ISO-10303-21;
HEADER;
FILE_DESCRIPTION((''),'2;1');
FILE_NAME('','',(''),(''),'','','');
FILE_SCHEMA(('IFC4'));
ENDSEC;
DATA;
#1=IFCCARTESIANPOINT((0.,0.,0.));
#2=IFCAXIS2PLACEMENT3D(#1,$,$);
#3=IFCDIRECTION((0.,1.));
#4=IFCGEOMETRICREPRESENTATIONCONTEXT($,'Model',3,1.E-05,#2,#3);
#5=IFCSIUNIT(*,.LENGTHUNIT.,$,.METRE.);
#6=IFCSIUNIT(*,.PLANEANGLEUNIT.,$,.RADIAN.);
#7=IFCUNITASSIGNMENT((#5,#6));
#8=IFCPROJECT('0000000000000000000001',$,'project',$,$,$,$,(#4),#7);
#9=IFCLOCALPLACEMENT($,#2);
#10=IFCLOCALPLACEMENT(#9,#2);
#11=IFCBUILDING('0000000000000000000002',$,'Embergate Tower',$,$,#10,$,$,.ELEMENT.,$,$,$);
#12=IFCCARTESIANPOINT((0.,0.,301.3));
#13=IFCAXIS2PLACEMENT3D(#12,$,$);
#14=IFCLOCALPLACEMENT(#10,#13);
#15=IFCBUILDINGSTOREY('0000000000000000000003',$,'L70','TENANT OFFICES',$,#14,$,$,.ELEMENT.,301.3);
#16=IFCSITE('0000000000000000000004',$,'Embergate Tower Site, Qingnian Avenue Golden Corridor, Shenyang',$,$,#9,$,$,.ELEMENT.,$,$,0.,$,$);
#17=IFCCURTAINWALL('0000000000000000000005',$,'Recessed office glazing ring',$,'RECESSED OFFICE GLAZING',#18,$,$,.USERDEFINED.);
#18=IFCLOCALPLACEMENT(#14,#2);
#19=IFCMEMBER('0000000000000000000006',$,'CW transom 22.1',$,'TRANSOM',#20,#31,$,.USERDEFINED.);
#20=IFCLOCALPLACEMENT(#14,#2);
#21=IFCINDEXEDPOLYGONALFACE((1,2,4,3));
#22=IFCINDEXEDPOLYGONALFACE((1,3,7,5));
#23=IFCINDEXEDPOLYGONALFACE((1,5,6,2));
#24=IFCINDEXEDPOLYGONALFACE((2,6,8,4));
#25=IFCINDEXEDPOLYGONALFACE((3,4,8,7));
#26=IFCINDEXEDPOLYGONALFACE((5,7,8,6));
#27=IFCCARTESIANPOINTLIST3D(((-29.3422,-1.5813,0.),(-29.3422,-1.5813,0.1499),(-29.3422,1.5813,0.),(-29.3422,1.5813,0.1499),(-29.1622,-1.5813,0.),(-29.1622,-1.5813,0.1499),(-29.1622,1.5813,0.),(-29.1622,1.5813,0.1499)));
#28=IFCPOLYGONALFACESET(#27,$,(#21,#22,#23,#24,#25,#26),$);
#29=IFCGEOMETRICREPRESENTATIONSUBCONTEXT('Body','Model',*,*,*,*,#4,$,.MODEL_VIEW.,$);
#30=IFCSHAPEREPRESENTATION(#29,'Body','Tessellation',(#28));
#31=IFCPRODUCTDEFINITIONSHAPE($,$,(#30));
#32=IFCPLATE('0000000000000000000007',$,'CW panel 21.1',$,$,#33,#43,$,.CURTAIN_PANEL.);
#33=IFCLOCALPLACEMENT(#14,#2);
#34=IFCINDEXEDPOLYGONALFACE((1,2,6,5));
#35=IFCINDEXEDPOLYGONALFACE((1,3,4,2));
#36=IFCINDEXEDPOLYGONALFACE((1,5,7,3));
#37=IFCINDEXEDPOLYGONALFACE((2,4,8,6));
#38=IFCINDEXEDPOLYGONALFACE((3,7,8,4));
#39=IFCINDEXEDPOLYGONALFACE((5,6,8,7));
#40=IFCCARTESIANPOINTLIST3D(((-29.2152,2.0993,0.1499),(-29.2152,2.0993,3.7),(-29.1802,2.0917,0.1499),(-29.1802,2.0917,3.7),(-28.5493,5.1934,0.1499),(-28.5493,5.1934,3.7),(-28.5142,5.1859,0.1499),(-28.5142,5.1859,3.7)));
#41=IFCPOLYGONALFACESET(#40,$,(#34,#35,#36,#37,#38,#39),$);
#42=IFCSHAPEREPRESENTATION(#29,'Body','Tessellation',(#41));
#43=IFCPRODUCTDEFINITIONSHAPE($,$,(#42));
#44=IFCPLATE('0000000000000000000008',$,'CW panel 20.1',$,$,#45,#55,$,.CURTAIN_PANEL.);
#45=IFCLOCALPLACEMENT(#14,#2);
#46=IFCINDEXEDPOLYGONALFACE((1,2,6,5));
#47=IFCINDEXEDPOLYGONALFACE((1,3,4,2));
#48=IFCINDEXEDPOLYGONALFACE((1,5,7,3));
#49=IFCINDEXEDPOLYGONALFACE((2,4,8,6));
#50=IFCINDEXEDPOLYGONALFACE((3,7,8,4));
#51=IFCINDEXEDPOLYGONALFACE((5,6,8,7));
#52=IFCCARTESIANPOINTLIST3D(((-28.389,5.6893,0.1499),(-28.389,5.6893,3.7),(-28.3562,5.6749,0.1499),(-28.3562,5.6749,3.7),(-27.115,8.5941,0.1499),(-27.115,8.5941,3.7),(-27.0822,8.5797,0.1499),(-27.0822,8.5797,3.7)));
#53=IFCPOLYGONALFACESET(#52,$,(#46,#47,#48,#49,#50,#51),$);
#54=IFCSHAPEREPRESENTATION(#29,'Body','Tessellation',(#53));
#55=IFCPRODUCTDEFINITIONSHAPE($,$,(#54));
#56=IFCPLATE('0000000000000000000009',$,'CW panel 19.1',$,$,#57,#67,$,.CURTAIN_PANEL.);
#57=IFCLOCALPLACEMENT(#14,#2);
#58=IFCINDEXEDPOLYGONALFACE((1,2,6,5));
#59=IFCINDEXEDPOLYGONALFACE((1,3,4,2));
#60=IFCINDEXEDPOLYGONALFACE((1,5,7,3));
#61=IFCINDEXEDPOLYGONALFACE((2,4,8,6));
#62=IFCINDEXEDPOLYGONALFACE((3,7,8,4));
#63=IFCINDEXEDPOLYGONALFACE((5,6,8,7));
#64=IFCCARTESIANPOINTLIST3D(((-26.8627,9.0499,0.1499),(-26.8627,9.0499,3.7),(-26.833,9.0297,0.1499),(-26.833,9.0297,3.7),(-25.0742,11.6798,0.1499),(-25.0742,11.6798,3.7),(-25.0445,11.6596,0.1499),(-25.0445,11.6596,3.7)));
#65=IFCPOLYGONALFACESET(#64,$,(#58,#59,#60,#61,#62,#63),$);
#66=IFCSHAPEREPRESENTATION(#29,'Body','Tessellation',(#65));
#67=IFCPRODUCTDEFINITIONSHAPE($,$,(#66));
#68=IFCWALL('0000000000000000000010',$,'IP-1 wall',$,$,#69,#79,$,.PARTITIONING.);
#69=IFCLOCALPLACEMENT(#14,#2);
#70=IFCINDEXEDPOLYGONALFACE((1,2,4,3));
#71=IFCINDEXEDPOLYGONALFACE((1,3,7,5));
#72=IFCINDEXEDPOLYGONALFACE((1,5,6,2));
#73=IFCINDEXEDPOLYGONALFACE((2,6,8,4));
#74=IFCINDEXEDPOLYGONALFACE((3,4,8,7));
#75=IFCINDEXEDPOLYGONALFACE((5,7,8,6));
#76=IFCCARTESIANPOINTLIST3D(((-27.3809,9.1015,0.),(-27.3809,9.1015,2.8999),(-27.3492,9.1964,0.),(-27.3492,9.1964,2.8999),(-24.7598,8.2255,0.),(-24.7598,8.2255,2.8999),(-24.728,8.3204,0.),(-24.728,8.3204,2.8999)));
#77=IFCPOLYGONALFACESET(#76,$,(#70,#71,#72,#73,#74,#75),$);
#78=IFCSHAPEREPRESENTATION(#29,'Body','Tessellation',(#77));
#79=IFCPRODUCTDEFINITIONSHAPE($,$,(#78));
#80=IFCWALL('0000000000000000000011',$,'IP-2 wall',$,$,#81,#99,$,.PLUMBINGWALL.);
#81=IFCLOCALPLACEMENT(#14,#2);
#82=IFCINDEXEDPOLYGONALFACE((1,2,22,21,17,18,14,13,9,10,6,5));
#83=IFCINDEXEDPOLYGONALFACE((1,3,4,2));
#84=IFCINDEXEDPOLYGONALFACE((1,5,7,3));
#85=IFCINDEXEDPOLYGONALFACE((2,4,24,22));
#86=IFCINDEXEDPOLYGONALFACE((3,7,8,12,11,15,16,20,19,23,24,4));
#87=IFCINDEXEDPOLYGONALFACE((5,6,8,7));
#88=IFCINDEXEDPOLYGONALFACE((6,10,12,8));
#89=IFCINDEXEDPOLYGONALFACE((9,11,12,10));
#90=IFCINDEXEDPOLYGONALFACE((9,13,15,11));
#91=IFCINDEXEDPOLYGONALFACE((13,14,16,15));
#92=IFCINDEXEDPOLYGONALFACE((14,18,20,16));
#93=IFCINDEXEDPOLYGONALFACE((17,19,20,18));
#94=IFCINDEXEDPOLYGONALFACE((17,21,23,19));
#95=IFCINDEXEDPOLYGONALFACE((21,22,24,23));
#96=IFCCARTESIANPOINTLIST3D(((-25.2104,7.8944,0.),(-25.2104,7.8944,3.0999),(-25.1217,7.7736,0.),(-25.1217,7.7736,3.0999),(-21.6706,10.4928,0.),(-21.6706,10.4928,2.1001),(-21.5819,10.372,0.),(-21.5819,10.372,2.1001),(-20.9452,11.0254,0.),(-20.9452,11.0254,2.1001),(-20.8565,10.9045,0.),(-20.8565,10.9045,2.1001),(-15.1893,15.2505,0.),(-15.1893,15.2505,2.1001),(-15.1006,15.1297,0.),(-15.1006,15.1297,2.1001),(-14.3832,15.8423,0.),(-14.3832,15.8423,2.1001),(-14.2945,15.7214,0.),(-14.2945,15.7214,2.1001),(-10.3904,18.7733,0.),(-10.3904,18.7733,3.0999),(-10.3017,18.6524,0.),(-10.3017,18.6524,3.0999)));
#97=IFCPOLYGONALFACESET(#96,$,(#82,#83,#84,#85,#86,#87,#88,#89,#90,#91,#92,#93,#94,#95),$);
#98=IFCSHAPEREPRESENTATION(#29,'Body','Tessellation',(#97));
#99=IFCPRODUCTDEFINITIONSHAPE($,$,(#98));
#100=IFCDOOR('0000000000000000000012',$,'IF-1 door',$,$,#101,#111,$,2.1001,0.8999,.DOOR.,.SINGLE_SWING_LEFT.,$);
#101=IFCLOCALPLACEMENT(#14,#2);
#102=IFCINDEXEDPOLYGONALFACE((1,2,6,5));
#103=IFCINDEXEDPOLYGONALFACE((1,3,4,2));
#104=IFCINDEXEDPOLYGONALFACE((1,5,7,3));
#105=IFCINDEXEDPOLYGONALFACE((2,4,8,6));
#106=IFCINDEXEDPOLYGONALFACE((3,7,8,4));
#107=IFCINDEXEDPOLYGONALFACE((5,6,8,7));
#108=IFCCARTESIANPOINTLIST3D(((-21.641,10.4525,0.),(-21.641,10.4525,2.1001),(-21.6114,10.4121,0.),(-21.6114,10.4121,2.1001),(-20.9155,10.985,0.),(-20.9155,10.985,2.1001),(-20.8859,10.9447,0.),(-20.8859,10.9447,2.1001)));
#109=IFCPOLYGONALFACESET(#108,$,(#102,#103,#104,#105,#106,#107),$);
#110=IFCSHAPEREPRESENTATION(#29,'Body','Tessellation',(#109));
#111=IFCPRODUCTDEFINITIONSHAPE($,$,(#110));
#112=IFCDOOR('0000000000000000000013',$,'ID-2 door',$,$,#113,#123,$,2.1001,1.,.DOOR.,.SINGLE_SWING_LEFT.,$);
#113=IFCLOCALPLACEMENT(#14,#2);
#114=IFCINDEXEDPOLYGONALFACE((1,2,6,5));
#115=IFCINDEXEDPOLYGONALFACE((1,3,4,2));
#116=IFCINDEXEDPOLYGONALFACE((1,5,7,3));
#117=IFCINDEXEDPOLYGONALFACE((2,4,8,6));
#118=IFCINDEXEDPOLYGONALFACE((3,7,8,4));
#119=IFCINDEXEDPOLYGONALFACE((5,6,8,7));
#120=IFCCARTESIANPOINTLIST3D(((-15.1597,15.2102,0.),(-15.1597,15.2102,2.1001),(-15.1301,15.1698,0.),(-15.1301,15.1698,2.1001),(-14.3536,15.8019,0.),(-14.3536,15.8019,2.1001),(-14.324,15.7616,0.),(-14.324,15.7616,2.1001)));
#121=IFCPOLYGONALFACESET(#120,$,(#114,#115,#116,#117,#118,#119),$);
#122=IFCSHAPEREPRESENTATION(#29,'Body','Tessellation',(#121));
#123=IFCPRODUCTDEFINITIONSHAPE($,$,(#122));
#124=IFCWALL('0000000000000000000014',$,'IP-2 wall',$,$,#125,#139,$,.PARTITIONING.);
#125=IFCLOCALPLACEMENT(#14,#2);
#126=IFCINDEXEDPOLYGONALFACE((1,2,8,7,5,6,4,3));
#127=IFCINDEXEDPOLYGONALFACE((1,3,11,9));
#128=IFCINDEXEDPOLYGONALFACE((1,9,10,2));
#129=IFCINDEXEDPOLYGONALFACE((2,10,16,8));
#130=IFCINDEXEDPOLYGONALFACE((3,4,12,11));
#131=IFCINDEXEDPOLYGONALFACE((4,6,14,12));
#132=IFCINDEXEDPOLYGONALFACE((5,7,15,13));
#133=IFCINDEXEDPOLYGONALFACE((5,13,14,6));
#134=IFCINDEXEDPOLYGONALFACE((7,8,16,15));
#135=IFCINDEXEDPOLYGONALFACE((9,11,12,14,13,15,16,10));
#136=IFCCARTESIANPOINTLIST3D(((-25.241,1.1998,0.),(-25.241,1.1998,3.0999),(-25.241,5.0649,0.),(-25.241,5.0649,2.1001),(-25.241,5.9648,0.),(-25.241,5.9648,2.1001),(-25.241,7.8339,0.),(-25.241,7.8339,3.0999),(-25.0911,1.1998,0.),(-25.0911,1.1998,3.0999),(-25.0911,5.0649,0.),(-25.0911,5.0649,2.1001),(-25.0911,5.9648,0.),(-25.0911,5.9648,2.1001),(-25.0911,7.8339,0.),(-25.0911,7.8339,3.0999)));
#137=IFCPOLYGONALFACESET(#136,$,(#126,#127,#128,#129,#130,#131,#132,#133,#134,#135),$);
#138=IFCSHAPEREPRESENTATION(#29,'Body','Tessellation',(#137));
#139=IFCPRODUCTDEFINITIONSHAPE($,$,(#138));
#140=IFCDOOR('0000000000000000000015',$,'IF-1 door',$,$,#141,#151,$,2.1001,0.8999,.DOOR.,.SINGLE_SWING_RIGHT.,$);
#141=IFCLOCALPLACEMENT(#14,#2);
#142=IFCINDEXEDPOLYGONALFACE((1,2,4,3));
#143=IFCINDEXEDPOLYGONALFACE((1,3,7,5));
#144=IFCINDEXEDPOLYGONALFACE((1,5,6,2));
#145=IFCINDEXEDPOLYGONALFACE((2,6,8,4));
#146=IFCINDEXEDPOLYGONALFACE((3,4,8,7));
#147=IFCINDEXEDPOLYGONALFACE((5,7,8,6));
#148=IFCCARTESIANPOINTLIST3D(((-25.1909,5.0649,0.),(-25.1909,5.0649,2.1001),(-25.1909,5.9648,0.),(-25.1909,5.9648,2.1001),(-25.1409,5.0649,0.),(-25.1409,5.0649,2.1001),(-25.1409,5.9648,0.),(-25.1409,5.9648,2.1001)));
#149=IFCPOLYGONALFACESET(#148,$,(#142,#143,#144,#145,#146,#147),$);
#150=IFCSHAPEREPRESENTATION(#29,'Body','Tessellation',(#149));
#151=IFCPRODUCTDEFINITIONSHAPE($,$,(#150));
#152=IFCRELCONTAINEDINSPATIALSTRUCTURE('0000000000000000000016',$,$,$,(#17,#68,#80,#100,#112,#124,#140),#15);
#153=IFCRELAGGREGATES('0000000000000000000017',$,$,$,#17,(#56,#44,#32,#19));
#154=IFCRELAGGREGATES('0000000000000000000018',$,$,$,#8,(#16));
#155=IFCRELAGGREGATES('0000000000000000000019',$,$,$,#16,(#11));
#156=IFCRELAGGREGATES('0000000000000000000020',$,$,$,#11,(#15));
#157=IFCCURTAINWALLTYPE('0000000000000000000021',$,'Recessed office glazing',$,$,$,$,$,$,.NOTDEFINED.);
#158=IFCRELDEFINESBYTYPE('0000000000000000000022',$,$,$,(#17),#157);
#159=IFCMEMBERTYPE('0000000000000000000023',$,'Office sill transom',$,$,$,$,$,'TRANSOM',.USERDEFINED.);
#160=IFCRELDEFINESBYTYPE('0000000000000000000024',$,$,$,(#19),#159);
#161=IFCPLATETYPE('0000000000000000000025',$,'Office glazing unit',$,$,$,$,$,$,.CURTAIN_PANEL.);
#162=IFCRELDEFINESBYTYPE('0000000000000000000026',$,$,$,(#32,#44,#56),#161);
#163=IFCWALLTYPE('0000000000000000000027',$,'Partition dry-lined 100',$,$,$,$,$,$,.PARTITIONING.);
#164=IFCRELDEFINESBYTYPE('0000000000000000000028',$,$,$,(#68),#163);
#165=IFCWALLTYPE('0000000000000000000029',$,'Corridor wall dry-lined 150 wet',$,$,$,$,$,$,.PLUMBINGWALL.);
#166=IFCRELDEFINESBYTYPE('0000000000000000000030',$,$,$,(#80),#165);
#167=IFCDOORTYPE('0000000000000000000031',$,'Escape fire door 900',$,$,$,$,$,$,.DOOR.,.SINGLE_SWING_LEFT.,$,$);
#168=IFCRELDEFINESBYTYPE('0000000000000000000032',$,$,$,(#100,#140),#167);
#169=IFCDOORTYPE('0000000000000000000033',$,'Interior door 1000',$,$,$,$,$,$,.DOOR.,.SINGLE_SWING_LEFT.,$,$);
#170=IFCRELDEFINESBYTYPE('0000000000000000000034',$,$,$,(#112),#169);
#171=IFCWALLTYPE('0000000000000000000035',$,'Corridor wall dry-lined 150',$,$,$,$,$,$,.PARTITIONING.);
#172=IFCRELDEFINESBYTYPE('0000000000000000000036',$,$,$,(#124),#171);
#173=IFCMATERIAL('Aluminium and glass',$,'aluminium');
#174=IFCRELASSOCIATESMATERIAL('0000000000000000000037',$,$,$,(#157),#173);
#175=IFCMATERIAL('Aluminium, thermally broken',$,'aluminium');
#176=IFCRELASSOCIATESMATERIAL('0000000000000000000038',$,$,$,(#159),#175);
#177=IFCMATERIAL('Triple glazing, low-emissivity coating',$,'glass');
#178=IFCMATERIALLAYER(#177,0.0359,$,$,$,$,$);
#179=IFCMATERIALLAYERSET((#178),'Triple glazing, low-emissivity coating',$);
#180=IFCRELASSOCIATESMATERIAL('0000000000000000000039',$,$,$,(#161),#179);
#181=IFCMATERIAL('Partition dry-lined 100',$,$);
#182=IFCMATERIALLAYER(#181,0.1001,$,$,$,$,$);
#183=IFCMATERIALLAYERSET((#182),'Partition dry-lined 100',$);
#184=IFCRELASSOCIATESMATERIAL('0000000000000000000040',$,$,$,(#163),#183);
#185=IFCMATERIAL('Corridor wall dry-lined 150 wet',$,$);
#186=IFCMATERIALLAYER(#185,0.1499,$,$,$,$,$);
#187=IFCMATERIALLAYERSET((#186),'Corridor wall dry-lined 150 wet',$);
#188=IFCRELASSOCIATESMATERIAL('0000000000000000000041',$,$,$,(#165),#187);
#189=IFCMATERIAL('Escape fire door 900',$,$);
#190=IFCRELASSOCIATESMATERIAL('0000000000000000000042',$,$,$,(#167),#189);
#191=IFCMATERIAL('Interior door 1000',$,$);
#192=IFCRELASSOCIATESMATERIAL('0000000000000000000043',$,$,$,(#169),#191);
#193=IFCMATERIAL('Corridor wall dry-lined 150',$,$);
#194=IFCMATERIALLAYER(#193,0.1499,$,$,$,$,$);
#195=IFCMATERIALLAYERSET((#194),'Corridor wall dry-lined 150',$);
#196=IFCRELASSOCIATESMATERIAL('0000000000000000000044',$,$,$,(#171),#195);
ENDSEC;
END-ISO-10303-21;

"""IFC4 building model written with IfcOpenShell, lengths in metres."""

from ifc_helpers import new_model, si_unit, direction, frame, frame_2d, origin, origin_2d, place, context, subcontext, project, spatial, rectangle, extrude, source, transform, mapped, material, layer, layer_set, material_profile, profile_set, type_object, element, fill, aggregate, save


model = new_model("IFC4")

# Units and contexts
model_context = context("Model", 3, precision=1e-05, world=origin(), true_north=direction((0.0, 1.0)))
body_context = subcontext(model_context, "Body", "Model", "MODEL_VIEW")
ifc_project = project(units=[si_unit("LENGTHUNIT", "METRE"), si_unit("PLANEANGLEUNIT", "RADIAN")], contexts=[model_context])

# Site, building, storey
site_placement = place(None, origin())
site = spatial("IfcSite", under=ifc_project, at=site_placement, Name="Embergate Tower Site, Qingnian Avenue Golden Corridor, Shenyang", CompositionType="ELEMENT", RefElevation=0.0)
building_placement = place(site_placement, origin())
building = spatial("IfcBuilding", under=site, at=building_placement, Name="Embergate Tower", CompositionType="ELEMENT")
storey_placement = place(building_placement, frame((0.0, 0.0, 301.3)))
storey = spatial("IfcBuildingStorey", under=building, at=storey_placement, Name="L70", Description="TENANT OFFICES", CompositionType="ELEMENT", Elevation=301.3)

# Curtain wall, member, plates
ifc_material_1 = material(Name="Aluminium and glass", Category="aluminium")
curtain_wall_type = type_object("IfcCurtainWallType", Name="Recessed office glazing", PredefinedType="NOTDEFINED", material=ifc_material_1)
curtain_wall_placement = place(storey_placement, origin())
curtain_wall = element("IfcCurtainWall", 1, at=curtain_wall_placement, inside=storey, type_object=curtain_wall_type, Name="Recessed office glazing ring", ObjectType="RECESSED OFFICE GLAZING", PredefinedType="USERDEFINED")
ifc_material_2 = material(Name="Aluminium, thermally broken", Category="aluminium")
ifc_material_profile_1 = material_profile(ifc_material_2, rectangle(XDim=0.1799, YDim=0.1499, at=origin_2d()), Name="AL 150x180")
ifc_profile_set_1 = profile_set([ifc_material_profile_1], Name="Aluminium, thermally broken")
member_type_1 = type_object("IfcMemberType", Name="Office sill transom", ElementType="TRANSOM", PredefinedType="USERDEFINED", material=ifc_profile_set_1)
shared_shape_1 = source(origin(), body_context, "Body", "SweptSolid", [
    extrude(rectangle(XDim=0.1799, YDim=0.1499, at=origin_2d()), origin(), (0.0, 0.0, 1.0), 3.1626),
])
member_1_placement = place(storey_placement, frame((-29.2522, 1.5813, 0.075), z_axis=(0.0, -1.0, 0.0), x_axis=(1.0, 0.0, 0.0)))
member_1 = element("IfcMember", 2, at=member_1_placement, type_object=member_type_1, Name="CW transom 22.1", ObjectType="TRANSOM", PredefinedType="USERDEFINED", context=body_context, shape_type="MappedRepresentation", body=[
    mapped(shared_shape_1, transform((0.0, 0.0, 0.0))),
])
ifc_material_3 = material(Name="Triple glazing, low-emissivity coating", Category="glass")
ifc_layer_1 = layer(ifc_material_3, 0.0359)
ifc_layer_set_1 = layer_set([ifc_layer_1], Name="Triple glazing, low-emissivity coating")
plate_type = type_object("IfcPlateType", Name="Office glazing unit", PredefinedType="CURTAIN_PANEL", material=ifc_layer_set_1)
shared_shape_2 = source(origin(), body_context, "Body", "SweptSolid", [
    extrude(rectangle(XDim=3.165, YDim=0.0359, at=origin_2d()), origin(), (0.0, 0.0, 1.0), 3.55),
])
plate_1_placement = place(storey_placement, frame((-28.8647, 3.6426, 0.1499), z_axis=(0.0, 0.0, 1.0), x_axis=(-0.210398, -0.977616, 0.0)))
plate_1 = element("IfcPlate", 3, at=plate_1_placement, type_object=plate_type, Name="CW panel 21.1", PredefinedType="CURTAIN_PANEL", context=body_context, shape_type="MappedRepresentation", body=[
    mapped(shared_shape_2, transform((0.0, 0.0, 0.0))),
])
shared_shape_3 = source(origin(), body_context, "Body", "SweptSolid", [
    extrude(rectangle(XDim=3.1719, YDim=0.0359, at=origin_2d()), origin(), (0.0, 0.0, 1.0), 3.55),
])
plate_2_placement = place(storey_placement, frame((-27.7356, 7.1345, 0.1499), z_axis=(0.0, 0.0, 1.0), x_axis=(-0.401652, -0.915792, 0.0)))
plate_2 = element("IfcPlate", 4, at=plate_2_placement, type_object=plate_type, Name="CW panel 20.1", PredefinedType="CURTAIN_PANEL", context=body_context, shape_type="MappedRepresentation", body=[
    mapped(shared_shape_3, transform((0.0, 0.0, 0.0))),
])
shared_shape_4 = source(origin(), body_context, "Body", "SweptSolid", [
    extrude(rectangle(XDim=3.1804, YDim=0.0359, at=origin_2d()), origin(), (0.0, 0.0, 1.0), 3.55),
])
plate_3_placement = place(storey_placement, frame((-25.9536, 10.3547, 0.1499), z_axis=(0.0, 0.0, 1.0), x_axis=(-0.562342, -0.826905, 0.0)))
plate_3 = element("IfcPlate", 5, at=plate_3_placement, type_object=plate_type, Name="CW panel 19.1", PredefinedType="CURTAIN_PANEL", context=body_context, shape_type="MappedRepresentation", body=[
    mapped(shared_shape_4, transform((0.0, 0.0, 0.0))),
])
aggregate(curtain_wall, [plate_3, plate_2, plate_1, member_1])

# Wall
ifc_material_4 = material(Name="Partition dry-lined 100")
ifc_layer_2 = layer(ifc_material_4, 0.1001)
ifc_layer_set_2 = layer_set([ifc_layer_2], Name="Partition dry-lined 100")
wall_type_1 = type_object("IfcWallType", Name="Partition dry-lined 100", PredefinedType="PARTITIONING", material=ifc_layer_set_2)
shared_shape_5 = source(origin(), body_context, "Body", "SweptSolid", [
    extrude(rectangle(XDim=2.7637, YDim=0.1001, at=frame_2d((1.3818, 0.0))), origin(), (0.0, 0.0, 1.0), 2.8999),
])
wall_1_placement = place(storey_placement, frame((-24.7439, 8.2729, 0.0), z_axis=(0.0, 0.0, 1.0), x_axis=(-0.948436, 0.31697, 0.0)))
element("IfcWall", 6, at=wall_1_placement, inside=storey, type_object=wall_type_1, Name="IP-1 wall", PredefinedType="PARTITIONING", context=body_context, shape_type="MappedRepresentation", body=[
    mapped(shared_shape_5, transform((0.0, 0.0, 0.0))),
])

# Wall, openings, doors
ifc_material_5 = material(Name="Corridor wall dry-lined 150 wet")
ifc_layer_3 = layer(ifc_material_5, 0.1499)
ifc_layer_set_3 = layer_set([ifc_layer_3], Name="Corridor wall dry-lined 150 wet")
wall_type_2 = type_object("IfcWallType", Name="Corridor wall dry-lined 150 wet", PredefinedType="PLUMBINGWALL", material=ifc_layer_set_3)
shared_shape_6 = source(origin(), body_context, "Body", "SweptSolid", [
    extrude(rectangle(XDim=18.3843, YDim=0.1499, at=frame_2d((9.1921, 0.0))), origin(), (0.0, 0.0, 1.0), 3.0999),
])
wall_2_placement = place(storey_placement, frame((-25.166, 7.834, 0.0), z_axis=(0.0, 0.0, 1.0), x_axis=(0.806123, 0.591748, 0.0)))
wall_2 = element("IfcWall", 7, at=wall_2_placement, inside=storey, type_object=wall_type_2, Name="IP-2 wall", PredefinedType="PLUMBINGWALL", context=body_context, shape_type="MappedRepresentation", body=[
    mapped(shared_shape_6, transform((0.0, 0.0, 0.0))),
])
shared_shape_7 = source(origin(), body_context, "Body", "SweptSolid", [
    extrude(rectangle(XDim=1.0, YDim=2.1001, at=frame_2d((0.5, 1.05))), frame((0.0, 0.085, 0.0), z_axis=(0.0, -1.0, 0.0), x_axis=(1.0, 0.0, 0.0)), (0.0, 0.0, 1.0), 0.1699),
])
opening_1_placement = place(wall_2_placement, frame((12.4312, 0.0, 0.0)))
opening_1 = element("IfcOpeningElement", 8, at=opening_1_placement, cuts=wall_2, PredefinedType="OPENING", context=body_context, shape_type="MappedRepresentation", body=[
    mapped(shared_shape_7, transform((0.0, 0.0, 0.0))),
])
shared_shape_8 = source(origin(), body_context, "Body", "SweptSolid", [
    extrude(rectangle(XDim=0.8999, YDim=2.1001, at=frame_2d((0.45, 1.05))), frame((0.0, 0.085, 0.0), z_axis=(0.0, -1.0, 0.0), x_axis=(1.0, 0.0, 0.0)), (0.0, 0.0, 1.0), 0.1699),
])
opening_2_placement = place(wall_2_placement, frame((4.3911, 0.0, 0.0)))
opening_2 = element("IfcOpeningElement", 9, at=opening_2_placement, cuts=wall_2, PredefinedType="OPENING", context=body_context, shape_type="MappedRepresentation", body=[
    mapped(shared_shape_8, transform((0.0, 0.0, 0.0))),
])
ifc_material_6 = material(Name="Escape fire door 900")
door_type_1 = type_object("IfcDoorType", Name="Escape fire door 900", OperationType="SINGLE_SWING_LEFT", PredefinedType="DOOR", material=ifc_material_6)
shared_shape_9 = source(origin(), body_context, "Body", "SweptSolid", [
    extrude(rectangle(XDim=0.8999, YDim=2.1001, at=frame_2d((0.45, 1.05))), frame((0.0, 0.0249, 0.0), z_axis=(0.0, -1.0, 0.0), x_axis=(1.0, 0.0, 0.0)), (0.0, 0.0, 1.0), 0.05),
])
door_1_placement = place(opening_2_placement, origin())
door_1 = element("IfcDoor", 10, at=door_1_placement, inside=storey, type_object=door_type_1, Name="IF-1 door", OperationType="SINGLE_SWING_LEFT", OverallHeight=2.1001, OverallWidth=0.8999, PredefinedType="DOOR", context=body_context, shape_type="MappedRepresentation", body=[
    mapped(shared_shape_9, transform((0.0, 0.0, 0.0))),
])
fill(opening_2, door_1)
ifc_material_7 = material(Name="Interior door 1000")
door_type_2 = type_object("IfcDoorType", Name="Interior door 1000", OperationType="SINGLE_SWING_LEFT", PredefinedType="DOOR", material=ifc_material_7)
shared_shape_10 = source(origin(), body_context, "Body", "SweptSolid", [
    extrude(rectangle(XDim=1.0, YDim=2.1001, at=frame_2d((0.5, 1.05))), frame((0.0, 0.0249, 0.0), z_axis=(0.0, -1.0, 0.0), x_axis=(1.0, 0.0, 0.0)), (0.0, 0.0, 1.0), 0.05),
])
door_2_placement = place(opening_1_placement, origin())
door_2 = element("IfcDoor", 11, at=door_2_placement, inside=storey, type_object=door_type_2, Name="ID-2 door", OperationType="SINGLE_SWING_LEFT", OverallHeight=2.1001, OverallWidth=1.0, PredefinedType="DOOR", context=body_context, shape_type="MappedRepresentation", body=[
    mapped(shared_shape_10, transform((0.0, 0.0, 0.0))),
])
fill(opening_1, door_2)

# Wall, opening, door
ifc_material_8 = material(Name="Corridor wall dry-lined 150")
ifc_layer_4 = layer(ifc_material_8, 0.1499)
ifc_layer_set_4 = layer_set([ifc_layer_4], Name="Corridor wall dry-lined 150")
wall_type_3 = type_object("IfcWallType", Name="Corridor wall dry-lined 150", PredefinedType="PARTITIONING", material=ifc_layer_set_4)
shared_shape_11 = source(origin(), body_context, "Body", "SweptSolid", [
    extrude(rectangle(XDim=6.634, YDim=0.1499, at=frame_2d((3.3169, 0.0))), origin(), (0.0, 0.0, 1.0), 3.0999),
])
wall_3_placement = place(storey_placement, frame((-25.166, 1.2, 0.0), z_axis=(0.0, 0.0, 1.0), x_axis=(0.0, 1.0, 0.0)))
wall_3 = element("IfcWall", 12, at=wall_3_placement, inside=storey, type_object=wall_type_3, Name="IP-2 wall", PredefinedType="PARTITIONING", context=body_context, shape_type="MappedRepresentation", body=[
    mapped(shared_shape_11, transform((0.0, 0.0, 0.0))),
])
opening_3_placement = place(wall_3_placement, frame((3.865, 0.0, 0.0)))
opening_3 = element("IfcOpeningElement", 13, at=opening_3_placement, cuts=wall_3, PredefinedType="OPENING", context=body_context, shape_type="MappedRepresentation", body=[
    mapped(shared_shape_8, transform((0.0, 0.0, 0.0))),
])
door_3_placement = place(opening_3_placement, origin())
door_3 = element("IfcDoor", 14, at=door_3_placement, inside=storey, type_object=door_type_1, Name="IF-1 door", OperationType="SINGLE_SWING_RIGHT", OverallHeight=2.1001, OverallWidth=0.8999, PredefinedType="DOOR", context=body_context, shape_type="MappedRepresentation", body=[
    mapped(shared_shape_9, transform((0.0, 0.0, 0.0))),
])
fill(opening_3, door_3)

save(model, "model.ifc")
